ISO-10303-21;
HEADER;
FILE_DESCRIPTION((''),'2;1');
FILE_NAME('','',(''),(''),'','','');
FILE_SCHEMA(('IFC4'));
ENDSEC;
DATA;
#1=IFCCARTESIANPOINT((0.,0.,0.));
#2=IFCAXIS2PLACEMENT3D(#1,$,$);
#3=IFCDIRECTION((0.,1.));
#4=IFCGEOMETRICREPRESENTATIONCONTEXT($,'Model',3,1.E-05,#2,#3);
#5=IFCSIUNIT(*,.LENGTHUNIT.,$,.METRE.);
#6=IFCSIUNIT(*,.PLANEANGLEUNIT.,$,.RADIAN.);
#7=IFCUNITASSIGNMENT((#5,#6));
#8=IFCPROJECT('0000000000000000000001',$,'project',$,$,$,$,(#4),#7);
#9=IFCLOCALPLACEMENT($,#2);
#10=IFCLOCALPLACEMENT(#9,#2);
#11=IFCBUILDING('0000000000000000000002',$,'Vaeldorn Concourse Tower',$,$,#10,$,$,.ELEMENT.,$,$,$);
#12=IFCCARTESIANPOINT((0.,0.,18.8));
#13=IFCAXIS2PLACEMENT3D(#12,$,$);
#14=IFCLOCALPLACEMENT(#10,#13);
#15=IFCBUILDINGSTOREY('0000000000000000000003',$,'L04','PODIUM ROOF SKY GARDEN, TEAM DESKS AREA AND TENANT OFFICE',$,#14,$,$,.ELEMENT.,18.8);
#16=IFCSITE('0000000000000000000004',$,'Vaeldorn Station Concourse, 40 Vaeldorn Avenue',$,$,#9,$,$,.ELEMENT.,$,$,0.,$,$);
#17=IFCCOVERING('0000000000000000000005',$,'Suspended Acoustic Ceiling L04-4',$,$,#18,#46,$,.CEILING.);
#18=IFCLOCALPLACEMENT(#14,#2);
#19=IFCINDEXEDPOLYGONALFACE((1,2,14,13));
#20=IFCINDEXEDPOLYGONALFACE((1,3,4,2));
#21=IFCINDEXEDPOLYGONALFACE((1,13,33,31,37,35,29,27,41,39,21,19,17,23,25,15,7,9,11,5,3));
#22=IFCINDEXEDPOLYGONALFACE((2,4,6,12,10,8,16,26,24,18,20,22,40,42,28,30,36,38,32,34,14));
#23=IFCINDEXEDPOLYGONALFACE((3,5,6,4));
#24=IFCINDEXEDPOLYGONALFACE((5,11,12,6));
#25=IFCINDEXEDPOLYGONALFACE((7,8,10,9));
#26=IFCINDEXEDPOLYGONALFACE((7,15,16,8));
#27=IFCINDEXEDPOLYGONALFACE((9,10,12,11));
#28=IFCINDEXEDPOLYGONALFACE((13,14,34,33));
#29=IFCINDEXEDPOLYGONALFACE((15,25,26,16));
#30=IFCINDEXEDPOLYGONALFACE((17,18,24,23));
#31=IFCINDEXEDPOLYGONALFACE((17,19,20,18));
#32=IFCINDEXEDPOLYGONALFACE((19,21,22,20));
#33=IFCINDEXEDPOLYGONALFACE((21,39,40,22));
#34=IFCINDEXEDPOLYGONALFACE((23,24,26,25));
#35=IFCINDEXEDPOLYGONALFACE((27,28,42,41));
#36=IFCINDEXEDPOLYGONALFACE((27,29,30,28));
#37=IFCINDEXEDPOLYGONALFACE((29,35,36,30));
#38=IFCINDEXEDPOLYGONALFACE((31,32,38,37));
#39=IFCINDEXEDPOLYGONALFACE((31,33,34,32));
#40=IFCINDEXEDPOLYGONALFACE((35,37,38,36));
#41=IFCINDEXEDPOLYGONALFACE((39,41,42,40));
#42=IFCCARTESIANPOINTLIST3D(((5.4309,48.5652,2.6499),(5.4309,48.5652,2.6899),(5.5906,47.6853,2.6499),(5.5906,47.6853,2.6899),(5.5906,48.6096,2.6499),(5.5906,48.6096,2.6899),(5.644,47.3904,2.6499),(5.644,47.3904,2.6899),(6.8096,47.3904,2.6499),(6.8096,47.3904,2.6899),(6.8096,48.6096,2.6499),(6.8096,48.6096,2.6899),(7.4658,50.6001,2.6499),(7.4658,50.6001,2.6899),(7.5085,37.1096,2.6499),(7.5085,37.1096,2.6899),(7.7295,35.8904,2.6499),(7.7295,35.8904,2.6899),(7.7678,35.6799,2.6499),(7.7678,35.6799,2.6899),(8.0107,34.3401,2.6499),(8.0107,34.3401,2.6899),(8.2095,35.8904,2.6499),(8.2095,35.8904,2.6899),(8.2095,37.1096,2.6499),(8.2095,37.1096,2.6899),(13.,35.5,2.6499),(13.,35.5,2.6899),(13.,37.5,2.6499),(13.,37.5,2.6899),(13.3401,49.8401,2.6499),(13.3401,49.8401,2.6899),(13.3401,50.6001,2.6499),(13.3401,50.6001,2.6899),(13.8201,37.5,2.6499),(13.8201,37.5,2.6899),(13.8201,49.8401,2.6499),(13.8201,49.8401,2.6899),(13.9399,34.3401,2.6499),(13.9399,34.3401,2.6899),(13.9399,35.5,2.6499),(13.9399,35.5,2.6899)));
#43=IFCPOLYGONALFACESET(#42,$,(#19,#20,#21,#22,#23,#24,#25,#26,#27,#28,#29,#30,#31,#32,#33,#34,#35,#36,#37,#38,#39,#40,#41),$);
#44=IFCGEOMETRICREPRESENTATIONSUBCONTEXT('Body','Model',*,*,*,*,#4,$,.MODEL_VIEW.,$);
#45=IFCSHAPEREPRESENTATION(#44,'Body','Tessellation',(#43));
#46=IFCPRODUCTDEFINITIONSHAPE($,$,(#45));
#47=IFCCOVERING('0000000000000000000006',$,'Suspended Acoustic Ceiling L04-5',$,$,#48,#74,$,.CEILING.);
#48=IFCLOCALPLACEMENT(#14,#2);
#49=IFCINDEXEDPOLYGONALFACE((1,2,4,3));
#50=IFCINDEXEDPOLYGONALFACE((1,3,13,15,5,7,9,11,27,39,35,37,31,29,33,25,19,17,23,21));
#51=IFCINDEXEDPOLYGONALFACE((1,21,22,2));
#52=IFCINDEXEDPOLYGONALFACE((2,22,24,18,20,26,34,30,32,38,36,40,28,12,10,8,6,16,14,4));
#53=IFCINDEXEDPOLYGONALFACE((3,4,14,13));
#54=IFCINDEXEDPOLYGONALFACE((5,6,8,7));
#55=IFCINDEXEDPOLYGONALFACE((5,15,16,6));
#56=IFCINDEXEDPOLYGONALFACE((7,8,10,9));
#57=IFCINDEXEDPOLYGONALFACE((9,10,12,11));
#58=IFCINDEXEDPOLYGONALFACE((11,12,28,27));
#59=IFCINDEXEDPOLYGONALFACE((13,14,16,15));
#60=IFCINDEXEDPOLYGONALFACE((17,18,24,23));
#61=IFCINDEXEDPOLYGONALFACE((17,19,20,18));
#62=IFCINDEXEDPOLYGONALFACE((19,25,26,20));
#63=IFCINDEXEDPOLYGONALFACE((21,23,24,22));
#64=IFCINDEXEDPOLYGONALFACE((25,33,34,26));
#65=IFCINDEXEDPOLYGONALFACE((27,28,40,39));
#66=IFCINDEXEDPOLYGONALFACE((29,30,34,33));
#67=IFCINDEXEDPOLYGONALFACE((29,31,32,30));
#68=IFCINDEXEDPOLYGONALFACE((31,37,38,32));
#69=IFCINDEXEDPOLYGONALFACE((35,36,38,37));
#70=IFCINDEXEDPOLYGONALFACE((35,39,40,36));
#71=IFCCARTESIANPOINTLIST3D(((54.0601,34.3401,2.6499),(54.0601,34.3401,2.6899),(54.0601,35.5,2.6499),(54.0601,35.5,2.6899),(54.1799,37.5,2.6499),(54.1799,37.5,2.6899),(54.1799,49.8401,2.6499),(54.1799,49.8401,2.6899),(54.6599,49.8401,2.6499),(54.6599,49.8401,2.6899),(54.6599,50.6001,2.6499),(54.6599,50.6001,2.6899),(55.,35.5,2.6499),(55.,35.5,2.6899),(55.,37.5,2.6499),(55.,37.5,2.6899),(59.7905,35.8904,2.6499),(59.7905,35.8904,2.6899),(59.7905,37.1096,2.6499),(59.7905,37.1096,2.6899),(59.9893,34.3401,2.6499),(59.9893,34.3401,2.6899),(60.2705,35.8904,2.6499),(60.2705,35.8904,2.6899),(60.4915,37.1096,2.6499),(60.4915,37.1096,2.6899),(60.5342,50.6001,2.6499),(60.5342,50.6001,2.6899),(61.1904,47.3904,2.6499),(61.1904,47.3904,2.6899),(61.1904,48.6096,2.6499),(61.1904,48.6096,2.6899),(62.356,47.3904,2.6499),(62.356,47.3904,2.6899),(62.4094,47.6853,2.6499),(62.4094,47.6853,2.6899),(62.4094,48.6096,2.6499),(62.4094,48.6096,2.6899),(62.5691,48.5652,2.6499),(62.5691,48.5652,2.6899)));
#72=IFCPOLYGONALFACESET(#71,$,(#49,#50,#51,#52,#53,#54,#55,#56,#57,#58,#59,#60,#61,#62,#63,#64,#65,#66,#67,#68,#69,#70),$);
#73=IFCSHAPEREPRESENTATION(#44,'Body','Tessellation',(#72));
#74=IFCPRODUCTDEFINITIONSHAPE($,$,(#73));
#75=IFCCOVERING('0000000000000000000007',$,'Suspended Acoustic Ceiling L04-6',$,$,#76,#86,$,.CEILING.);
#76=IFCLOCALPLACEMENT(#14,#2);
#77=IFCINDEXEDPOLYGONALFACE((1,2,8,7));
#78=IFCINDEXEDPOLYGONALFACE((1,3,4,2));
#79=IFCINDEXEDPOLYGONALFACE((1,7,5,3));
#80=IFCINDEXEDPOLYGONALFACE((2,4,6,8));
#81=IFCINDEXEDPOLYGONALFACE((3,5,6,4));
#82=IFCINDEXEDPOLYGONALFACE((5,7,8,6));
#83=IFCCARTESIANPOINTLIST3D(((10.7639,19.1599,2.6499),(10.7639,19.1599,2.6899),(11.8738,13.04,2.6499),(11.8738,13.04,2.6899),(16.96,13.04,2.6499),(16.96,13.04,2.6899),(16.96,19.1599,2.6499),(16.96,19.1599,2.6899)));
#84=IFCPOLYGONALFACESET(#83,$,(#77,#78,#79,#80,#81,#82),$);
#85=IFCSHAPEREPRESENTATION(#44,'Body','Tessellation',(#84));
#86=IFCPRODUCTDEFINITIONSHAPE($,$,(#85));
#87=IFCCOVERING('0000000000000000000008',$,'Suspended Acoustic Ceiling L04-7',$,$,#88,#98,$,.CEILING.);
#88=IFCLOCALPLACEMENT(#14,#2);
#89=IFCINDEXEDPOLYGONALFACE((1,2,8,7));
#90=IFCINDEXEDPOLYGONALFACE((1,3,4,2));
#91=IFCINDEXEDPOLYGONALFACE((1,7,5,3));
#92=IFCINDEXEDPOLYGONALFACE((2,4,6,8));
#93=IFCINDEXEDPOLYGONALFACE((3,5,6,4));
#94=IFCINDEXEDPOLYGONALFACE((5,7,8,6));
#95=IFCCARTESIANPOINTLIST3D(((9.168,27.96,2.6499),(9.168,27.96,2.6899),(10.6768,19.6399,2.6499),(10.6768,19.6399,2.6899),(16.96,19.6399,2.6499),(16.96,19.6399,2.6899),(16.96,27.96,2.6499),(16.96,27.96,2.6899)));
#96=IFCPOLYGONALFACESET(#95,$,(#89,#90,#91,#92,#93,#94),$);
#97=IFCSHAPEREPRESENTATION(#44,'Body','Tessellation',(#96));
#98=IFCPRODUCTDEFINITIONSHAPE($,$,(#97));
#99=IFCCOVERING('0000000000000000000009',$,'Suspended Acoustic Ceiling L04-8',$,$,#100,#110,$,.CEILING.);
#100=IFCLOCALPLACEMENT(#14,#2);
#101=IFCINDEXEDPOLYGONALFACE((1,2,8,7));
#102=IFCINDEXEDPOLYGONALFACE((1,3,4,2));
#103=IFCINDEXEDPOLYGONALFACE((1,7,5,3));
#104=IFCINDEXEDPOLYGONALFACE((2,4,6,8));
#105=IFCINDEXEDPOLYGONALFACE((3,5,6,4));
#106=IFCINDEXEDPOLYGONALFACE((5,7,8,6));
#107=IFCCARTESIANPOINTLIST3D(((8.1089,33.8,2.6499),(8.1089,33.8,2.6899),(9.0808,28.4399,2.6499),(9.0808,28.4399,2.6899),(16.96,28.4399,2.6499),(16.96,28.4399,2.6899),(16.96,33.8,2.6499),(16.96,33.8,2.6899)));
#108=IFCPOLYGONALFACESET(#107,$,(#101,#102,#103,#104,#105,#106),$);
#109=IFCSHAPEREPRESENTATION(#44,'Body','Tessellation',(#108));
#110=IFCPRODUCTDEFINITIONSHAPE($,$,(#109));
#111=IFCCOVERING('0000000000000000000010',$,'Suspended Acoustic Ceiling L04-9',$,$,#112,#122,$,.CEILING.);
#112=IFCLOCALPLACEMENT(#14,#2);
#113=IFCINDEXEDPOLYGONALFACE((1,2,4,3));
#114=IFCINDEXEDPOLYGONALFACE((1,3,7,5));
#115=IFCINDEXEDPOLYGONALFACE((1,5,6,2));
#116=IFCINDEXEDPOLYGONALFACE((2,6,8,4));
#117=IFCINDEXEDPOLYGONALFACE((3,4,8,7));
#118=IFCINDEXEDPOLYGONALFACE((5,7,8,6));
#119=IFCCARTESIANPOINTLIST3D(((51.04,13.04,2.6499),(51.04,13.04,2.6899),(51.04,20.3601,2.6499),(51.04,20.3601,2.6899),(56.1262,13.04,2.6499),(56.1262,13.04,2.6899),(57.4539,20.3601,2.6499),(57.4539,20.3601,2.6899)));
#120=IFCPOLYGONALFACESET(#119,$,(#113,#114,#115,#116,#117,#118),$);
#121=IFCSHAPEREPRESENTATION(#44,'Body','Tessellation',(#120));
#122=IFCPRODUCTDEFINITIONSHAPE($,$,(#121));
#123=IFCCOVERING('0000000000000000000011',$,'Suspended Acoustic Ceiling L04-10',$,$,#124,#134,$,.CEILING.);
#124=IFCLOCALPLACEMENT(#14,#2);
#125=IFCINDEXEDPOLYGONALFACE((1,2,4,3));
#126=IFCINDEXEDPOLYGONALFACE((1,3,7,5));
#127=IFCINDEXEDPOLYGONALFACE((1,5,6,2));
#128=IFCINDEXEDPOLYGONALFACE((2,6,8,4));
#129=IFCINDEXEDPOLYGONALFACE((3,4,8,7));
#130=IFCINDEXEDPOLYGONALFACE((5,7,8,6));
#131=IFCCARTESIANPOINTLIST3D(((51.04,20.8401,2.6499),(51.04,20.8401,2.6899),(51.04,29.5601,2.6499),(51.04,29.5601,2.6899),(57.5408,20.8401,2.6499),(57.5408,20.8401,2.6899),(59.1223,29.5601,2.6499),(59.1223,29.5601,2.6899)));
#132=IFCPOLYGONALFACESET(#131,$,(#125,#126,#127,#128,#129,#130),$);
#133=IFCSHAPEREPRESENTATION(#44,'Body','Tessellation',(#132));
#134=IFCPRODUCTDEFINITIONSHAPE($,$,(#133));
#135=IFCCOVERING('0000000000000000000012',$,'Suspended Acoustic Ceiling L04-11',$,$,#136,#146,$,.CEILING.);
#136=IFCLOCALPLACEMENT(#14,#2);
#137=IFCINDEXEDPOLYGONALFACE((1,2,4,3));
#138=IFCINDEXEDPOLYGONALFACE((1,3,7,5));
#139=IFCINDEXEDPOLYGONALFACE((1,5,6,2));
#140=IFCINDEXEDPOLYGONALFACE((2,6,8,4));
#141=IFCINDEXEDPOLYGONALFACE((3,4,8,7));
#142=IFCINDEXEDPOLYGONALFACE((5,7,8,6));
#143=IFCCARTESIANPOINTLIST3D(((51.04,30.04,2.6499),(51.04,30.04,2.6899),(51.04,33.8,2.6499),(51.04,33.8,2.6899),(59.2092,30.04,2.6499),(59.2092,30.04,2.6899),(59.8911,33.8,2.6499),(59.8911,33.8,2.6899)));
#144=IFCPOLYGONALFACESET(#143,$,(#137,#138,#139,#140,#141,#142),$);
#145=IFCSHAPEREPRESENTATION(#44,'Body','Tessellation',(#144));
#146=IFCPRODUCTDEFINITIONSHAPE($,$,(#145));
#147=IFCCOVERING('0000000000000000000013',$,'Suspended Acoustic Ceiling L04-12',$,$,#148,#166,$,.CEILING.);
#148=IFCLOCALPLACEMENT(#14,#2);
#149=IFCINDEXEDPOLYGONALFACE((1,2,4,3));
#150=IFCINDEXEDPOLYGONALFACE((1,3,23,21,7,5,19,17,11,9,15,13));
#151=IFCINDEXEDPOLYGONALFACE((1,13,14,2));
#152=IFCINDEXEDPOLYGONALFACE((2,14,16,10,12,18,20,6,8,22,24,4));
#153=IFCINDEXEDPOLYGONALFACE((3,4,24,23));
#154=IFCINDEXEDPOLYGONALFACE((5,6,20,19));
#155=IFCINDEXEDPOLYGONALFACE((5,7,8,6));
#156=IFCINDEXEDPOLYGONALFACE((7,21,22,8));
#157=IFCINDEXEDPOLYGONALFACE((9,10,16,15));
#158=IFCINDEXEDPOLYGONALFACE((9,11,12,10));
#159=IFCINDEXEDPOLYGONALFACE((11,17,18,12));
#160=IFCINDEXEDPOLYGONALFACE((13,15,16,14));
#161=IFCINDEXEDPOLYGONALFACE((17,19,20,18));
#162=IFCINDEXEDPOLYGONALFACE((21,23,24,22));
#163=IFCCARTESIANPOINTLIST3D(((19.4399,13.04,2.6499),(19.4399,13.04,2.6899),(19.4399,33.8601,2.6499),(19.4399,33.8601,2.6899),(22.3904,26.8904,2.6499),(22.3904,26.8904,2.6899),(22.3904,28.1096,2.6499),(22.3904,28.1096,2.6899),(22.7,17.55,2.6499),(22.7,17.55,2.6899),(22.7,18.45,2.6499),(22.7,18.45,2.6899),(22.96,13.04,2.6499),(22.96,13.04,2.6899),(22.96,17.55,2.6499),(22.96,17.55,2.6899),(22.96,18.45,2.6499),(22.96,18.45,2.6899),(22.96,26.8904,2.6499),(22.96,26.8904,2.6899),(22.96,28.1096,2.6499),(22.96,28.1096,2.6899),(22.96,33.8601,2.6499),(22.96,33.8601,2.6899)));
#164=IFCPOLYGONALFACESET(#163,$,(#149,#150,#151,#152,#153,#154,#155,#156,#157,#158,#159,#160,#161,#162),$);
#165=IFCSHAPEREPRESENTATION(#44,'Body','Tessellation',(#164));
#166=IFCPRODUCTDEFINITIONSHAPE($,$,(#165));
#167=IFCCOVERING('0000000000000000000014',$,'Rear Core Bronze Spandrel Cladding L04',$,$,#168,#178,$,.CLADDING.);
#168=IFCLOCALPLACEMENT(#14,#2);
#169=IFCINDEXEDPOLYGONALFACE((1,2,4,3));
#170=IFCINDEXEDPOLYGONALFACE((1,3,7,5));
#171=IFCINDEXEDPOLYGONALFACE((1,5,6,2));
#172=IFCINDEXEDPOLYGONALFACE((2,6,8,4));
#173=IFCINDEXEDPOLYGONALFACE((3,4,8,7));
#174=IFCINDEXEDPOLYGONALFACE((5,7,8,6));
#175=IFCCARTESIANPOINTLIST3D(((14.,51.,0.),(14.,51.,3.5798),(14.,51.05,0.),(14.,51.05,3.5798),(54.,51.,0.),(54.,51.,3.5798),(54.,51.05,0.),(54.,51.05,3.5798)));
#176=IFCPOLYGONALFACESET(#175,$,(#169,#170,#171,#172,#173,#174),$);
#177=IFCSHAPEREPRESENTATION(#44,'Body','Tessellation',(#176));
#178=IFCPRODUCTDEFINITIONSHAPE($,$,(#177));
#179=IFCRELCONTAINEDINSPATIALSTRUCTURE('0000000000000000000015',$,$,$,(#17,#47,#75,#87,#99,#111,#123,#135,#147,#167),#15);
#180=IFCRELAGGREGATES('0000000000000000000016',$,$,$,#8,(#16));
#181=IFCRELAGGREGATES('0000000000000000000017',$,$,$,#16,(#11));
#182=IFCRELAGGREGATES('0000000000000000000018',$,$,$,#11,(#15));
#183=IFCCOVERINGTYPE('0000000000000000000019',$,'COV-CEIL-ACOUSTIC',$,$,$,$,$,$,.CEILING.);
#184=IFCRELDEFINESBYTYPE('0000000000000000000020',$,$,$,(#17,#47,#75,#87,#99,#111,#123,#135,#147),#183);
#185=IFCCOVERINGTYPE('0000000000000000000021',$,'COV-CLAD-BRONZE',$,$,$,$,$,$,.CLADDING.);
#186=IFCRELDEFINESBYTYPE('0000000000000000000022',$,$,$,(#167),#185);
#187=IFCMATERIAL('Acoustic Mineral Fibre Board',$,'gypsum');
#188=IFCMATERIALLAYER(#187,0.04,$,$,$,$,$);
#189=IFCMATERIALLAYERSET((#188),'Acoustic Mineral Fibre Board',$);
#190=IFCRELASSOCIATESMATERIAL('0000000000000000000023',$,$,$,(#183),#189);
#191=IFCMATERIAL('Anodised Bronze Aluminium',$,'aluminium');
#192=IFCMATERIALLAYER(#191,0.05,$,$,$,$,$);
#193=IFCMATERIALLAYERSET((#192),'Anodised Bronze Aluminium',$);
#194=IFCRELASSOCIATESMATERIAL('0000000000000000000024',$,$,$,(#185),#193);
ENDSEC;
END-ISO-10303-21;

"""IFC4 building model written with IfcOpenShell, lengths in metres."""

from ifc_helpers import new_model, si_unit, direction, frame, origin, place, context, subcontext, project, spatial, polyline, outline, extrude, material, layer, layer_set, type_object, element, save


model = new_model("IFC4")

# Units and contexts
model_context = context("Model", 3, precision=1e-05, world=origin(), true_north=direction((0.0, 1.0)))
body_context = subcontext(model_context, "Body", "Model", "MODEL_VIEW")
ifc_project = project(units=[si_unit("LENGTHUNIT", "METRE"), si_unit("PLANEANGLEUNIT", "RADIAN")], contexts=[model_context])

# Site, building, storey
site_placement = place(None, origin())
site = spatial("IfcSite", under=ifc_project, at=site_placement, Name="Vaeldorn Station Concourse, 40 Vaeldorn Avenue", CompositionType="ELEMENT", RefElevation=0.0)
building_placement = place(site_placement, origin())
building = spatial("IfcBuilding", under=site, at=building_placement, Name="Vaeldorn Concourse Tower", CompositionType="ELEMENT")
storey_placement = place(building_placement, frame((0.0, 0.0, 18.8)))
storey = spatial("IfcBuildingStorey", under=building, at=storey_placement, Name="L04", Description="PODIUM ROOF SKY GARDEN, TEAM DESKS AREA AND TENANT OFFICE", CompositionType="ELEMENT", Elevation=18.8)

# Shared definitions
ifc_material_1 = material(Name="Anodised Bronze Aluminium", Category="aluminium")

# Coverings
ifc_material_2 = material(Name="Acoustic Mineral Fibre Board", Category="gypsum")
ifc_layer_1 = layer(ifc_material_2, 0.04)
ifc_layer_set_1 = layer_set([ifc_layer_1], Name="Acoustic Mineral Fibre Board")
covering_type_1 = type_object("IfcCoveringType", Name="COV-CEIL-ACOUSTIC", PredefinedType="CEILING", material=ifc_layer_set_1)
covering_1_placement = place(storey_placement, frame((0.0, 0.0, 2.6499)))
element("IfcCovering", 1, at=covering_1_placement, inside=storey, type_object=covering_type_1, Name="Suspended Acoustic Ceiling L04-4", PredefinedType="CEILING", context=body_context, shape_type="SweptSolid", body=[
    extrude(outline(polyline([(7.4658, 50.6001), (13.3401, 50.6001), (13.3401, 49.8401), (13.8201, 49.8401), (13.8201, 37.5), (13.0, 37.5), (13.0, 35.5), (13.9399, 35.5), (13.9399, 34.3401), (8.0107, 34.3401), (7.7678, 35.6799), (7.7678, 35.6799), (7.7295, 35.8904), (8.2095, 35.8904), (8.2095, 37.1096), (7.5085, 37.1096), (5.644, 47.3904), (6.8096, 47.3904), (6.8096, 48.6096), (5.5906, 48.6096), (5.5906, 47.6853), (5.4309, 48.5652), (7.4658, 50.6001)])), origin(), (0.0, 0.0, 1.0), 0.04),
])
covering_2_placement = place(storey_placement, frame((0.0, 0.0, 2.6499)))
element("IfcCovering", 2, at=covering_2_placement, inside=storey, type_object=covering_type_1, Name="Suspended Acoustic Ceiling L04-5", PredefinedType="CEILING", context=body_context, shape_type="SweptSolid", body=[
    extrude(outline(polyline([(54.1799, 49.8401), (54.6599, 49.8401), (54.6599, 50.6001), (60.5342, 50.6001), (62.5691, 48.5652), (62.4094, 47.6853), (62.4094, 48.6096), (61.1904, 48.6096), (61.1904, 47.3904), (62.356, 47.3904), (60.4915, 37.1096), (59.7905, 37.1096), (59.7905, 35.8904), (60.2705, 35.8904), (59.9893, 34.3401), (54.0601, 34.3401), (54.0601, 35.5), (55.0, 35.5), (55.0, 37.5), (54.1799, 37.5), (54.1799, 49.8401)])), origin(), (0.0, 0.0, 1.0), 0.04),
])
covering_3_placement = place(storey_placement, frame((0.0, 0.0, 2.6499)))
element("IfcCovering", 3, at=covering_3_placement, inside=storey, type_object=covering_type_1, Name="Suspended Acoustic Ceiling L04-6", PredefinedType="CEILING", context=body_context, shape_type="SweptSolid", body=[
    extrude(outline(polyline([(16.96, 19.1599), (16.96, 13.04), (11.8738, 13.04), (10.7639, 19.1599), (16.96, 19.1599)])), origin(), (0.0, 0.0, 1.0), 0.04),
])
covering_4_placement = place(storey_placement, frame((0.0, 0.0, 2.6499)))
element("IfcCovering", 4, at=covering_4_placement, inside=storey, type_object=covering_type_1, Name="Suspended Acoustic Ceiling L04-7", PredefinedType="CEILING", context=body_context, shape_type="SweptSolid", body=[
    extrude(outline(polyline([(16.96, 27.96), (16.96, 19.6399), (10.6768, 19.6399), (9.168, 27.96), (16.96, 27.96)])), origin(), (0.0, 0.0, 1.0), 0.04),
])
covering_5_placement = place(storey_placement, frame((0.0, 0.0, 2.6499)))
element("IfcCovering", 5, at=covering_5_placement, inside=storey, type_object=covering_type_1, Name="Suspended Acoustic Ceiling L04-8", PredefinedType="CEILING", context=body_context, shape_type="SweptSolid", body=[
    extrude(outline(polyline([(16.96, 33.8), (16.96, 28.4399), (9.0808, 28.4399), (8.1089, 33.8), (16.96, 33.8)])), origin(), (0.0, 0.0, 1.0), 0.04),
])
covering_6_placement = place(storey_placement, frame((0.0, 0.0, 2.6499)))
element("IfcCovering", 6, at=covering_6_placement, inside=storey, type_object=covering_type_1, Name="Suspended Acoustic Ceiling L04-9", PredefinedType="CEILING", context=body_context, shape_type="SweptSolid", body=[
    extrude(outline(polyline([(51.04, 13.04), (51.04, 20.3601), (57.4539, 20.3601), (56.1262, 13.04), (51.04, 13.04)])), origin(), (0.0, 0.0, 1.0), 0.04),
])
covering_7_placement = place(storey_placement, frame((0.0, 0.0, 2.6499)))
element("IfcCovering", 7, at=covering_7_placement, inside=storey, type_object=covering_type_1, Name="Suspended Acoustic Ceiling L04-10", PredefinedType="CEILING", context=body_context, shape_type="SweptSolid", body=[
    extrude(outline(polyline([(51.04, 20.8401), (51.04, 29.5601), (59.1223, 29.5601), (57.5408, 20.8401), (51.04, 20.8401)])), origin(), (0.0, 0.0, 1.0), 0.04),
])
covering_8_placement = place(storey_placement, frame((0.0, 0.0, 2.6499)))
element("IfcCovering", 8, at=covering_8_placement, inside=storey, type_object=covering_type_1, Name="Suspended Acoustic Ceiling L04-11", PredefinedType="CEILING", context=body_context, shape_type="SweptSolid", body=[
    extrude(outline(polyline([(51.04, 30.04), (51.04, 33.8), (59.8911, 33.8), (59.2092, 30.04), (51.04, 30.04)])), origin(), (0.0, 0.0, 1.0), 0.04),
])
covering_9_placement = place(storey_placement, frame((0.0, 0.0, 2.6499)))
element("IfcCovering", 9, at=covering_9_placement, inside=storey, type_object=covering_type_1, Name="Suspended Acoustic Ceiling L04-12", PredefinedType="CEILING", context=body_context, shape_type="SweptSolid", body=[
    extrude(outline(polyline([(19.4399, 33.8601), (22.96, 33.8601), (22.96, 28.1096), (22.3904, 28.1096), (22.3904, 26.8904), (22.96, 26.8904), (22.96, 18.45), (22.7, 18.45), (22.7, 17.55), (22.96, 17.55), (22.96, 13.04), (19.4399, 13.04), (19.4399, 33.8601)])), origin(), (0.0, 0.0, 1.0), 0.04),
])
ifc_layer_2 = layer(ifc_material_1, 0.05)
ifc_layer_set_2 = layer_set([ifc_layer_2], Name="Anodised Bronze Aluminium")
covering_type_2 = type_object("IfcCoveringType", Name="COV-CLAD-BRONZE", PredefinedType="CLADDING", material=ifc_layer_set_2)
covering_10_placement = place(storey_placement, origin())
element("IfcCovering", 10, at=covering_10_placement, inside=storey, type_object=covering_type_2, Name="Rear Core Bronze Spandrel Cladding L04", PredefinedType="CLADDING", context=body_context, shape_type="SweptSolid", body=[
    extrude(outline(polyline([(14.0, 51.0), (54.0, 51.0), (54.0, 51.05), (14.0, 51.05), (14.0, 51.0)])), origin(), (0.0, 0.0, 1.0), 3.5798),
])

save(model, "model.ifc")
